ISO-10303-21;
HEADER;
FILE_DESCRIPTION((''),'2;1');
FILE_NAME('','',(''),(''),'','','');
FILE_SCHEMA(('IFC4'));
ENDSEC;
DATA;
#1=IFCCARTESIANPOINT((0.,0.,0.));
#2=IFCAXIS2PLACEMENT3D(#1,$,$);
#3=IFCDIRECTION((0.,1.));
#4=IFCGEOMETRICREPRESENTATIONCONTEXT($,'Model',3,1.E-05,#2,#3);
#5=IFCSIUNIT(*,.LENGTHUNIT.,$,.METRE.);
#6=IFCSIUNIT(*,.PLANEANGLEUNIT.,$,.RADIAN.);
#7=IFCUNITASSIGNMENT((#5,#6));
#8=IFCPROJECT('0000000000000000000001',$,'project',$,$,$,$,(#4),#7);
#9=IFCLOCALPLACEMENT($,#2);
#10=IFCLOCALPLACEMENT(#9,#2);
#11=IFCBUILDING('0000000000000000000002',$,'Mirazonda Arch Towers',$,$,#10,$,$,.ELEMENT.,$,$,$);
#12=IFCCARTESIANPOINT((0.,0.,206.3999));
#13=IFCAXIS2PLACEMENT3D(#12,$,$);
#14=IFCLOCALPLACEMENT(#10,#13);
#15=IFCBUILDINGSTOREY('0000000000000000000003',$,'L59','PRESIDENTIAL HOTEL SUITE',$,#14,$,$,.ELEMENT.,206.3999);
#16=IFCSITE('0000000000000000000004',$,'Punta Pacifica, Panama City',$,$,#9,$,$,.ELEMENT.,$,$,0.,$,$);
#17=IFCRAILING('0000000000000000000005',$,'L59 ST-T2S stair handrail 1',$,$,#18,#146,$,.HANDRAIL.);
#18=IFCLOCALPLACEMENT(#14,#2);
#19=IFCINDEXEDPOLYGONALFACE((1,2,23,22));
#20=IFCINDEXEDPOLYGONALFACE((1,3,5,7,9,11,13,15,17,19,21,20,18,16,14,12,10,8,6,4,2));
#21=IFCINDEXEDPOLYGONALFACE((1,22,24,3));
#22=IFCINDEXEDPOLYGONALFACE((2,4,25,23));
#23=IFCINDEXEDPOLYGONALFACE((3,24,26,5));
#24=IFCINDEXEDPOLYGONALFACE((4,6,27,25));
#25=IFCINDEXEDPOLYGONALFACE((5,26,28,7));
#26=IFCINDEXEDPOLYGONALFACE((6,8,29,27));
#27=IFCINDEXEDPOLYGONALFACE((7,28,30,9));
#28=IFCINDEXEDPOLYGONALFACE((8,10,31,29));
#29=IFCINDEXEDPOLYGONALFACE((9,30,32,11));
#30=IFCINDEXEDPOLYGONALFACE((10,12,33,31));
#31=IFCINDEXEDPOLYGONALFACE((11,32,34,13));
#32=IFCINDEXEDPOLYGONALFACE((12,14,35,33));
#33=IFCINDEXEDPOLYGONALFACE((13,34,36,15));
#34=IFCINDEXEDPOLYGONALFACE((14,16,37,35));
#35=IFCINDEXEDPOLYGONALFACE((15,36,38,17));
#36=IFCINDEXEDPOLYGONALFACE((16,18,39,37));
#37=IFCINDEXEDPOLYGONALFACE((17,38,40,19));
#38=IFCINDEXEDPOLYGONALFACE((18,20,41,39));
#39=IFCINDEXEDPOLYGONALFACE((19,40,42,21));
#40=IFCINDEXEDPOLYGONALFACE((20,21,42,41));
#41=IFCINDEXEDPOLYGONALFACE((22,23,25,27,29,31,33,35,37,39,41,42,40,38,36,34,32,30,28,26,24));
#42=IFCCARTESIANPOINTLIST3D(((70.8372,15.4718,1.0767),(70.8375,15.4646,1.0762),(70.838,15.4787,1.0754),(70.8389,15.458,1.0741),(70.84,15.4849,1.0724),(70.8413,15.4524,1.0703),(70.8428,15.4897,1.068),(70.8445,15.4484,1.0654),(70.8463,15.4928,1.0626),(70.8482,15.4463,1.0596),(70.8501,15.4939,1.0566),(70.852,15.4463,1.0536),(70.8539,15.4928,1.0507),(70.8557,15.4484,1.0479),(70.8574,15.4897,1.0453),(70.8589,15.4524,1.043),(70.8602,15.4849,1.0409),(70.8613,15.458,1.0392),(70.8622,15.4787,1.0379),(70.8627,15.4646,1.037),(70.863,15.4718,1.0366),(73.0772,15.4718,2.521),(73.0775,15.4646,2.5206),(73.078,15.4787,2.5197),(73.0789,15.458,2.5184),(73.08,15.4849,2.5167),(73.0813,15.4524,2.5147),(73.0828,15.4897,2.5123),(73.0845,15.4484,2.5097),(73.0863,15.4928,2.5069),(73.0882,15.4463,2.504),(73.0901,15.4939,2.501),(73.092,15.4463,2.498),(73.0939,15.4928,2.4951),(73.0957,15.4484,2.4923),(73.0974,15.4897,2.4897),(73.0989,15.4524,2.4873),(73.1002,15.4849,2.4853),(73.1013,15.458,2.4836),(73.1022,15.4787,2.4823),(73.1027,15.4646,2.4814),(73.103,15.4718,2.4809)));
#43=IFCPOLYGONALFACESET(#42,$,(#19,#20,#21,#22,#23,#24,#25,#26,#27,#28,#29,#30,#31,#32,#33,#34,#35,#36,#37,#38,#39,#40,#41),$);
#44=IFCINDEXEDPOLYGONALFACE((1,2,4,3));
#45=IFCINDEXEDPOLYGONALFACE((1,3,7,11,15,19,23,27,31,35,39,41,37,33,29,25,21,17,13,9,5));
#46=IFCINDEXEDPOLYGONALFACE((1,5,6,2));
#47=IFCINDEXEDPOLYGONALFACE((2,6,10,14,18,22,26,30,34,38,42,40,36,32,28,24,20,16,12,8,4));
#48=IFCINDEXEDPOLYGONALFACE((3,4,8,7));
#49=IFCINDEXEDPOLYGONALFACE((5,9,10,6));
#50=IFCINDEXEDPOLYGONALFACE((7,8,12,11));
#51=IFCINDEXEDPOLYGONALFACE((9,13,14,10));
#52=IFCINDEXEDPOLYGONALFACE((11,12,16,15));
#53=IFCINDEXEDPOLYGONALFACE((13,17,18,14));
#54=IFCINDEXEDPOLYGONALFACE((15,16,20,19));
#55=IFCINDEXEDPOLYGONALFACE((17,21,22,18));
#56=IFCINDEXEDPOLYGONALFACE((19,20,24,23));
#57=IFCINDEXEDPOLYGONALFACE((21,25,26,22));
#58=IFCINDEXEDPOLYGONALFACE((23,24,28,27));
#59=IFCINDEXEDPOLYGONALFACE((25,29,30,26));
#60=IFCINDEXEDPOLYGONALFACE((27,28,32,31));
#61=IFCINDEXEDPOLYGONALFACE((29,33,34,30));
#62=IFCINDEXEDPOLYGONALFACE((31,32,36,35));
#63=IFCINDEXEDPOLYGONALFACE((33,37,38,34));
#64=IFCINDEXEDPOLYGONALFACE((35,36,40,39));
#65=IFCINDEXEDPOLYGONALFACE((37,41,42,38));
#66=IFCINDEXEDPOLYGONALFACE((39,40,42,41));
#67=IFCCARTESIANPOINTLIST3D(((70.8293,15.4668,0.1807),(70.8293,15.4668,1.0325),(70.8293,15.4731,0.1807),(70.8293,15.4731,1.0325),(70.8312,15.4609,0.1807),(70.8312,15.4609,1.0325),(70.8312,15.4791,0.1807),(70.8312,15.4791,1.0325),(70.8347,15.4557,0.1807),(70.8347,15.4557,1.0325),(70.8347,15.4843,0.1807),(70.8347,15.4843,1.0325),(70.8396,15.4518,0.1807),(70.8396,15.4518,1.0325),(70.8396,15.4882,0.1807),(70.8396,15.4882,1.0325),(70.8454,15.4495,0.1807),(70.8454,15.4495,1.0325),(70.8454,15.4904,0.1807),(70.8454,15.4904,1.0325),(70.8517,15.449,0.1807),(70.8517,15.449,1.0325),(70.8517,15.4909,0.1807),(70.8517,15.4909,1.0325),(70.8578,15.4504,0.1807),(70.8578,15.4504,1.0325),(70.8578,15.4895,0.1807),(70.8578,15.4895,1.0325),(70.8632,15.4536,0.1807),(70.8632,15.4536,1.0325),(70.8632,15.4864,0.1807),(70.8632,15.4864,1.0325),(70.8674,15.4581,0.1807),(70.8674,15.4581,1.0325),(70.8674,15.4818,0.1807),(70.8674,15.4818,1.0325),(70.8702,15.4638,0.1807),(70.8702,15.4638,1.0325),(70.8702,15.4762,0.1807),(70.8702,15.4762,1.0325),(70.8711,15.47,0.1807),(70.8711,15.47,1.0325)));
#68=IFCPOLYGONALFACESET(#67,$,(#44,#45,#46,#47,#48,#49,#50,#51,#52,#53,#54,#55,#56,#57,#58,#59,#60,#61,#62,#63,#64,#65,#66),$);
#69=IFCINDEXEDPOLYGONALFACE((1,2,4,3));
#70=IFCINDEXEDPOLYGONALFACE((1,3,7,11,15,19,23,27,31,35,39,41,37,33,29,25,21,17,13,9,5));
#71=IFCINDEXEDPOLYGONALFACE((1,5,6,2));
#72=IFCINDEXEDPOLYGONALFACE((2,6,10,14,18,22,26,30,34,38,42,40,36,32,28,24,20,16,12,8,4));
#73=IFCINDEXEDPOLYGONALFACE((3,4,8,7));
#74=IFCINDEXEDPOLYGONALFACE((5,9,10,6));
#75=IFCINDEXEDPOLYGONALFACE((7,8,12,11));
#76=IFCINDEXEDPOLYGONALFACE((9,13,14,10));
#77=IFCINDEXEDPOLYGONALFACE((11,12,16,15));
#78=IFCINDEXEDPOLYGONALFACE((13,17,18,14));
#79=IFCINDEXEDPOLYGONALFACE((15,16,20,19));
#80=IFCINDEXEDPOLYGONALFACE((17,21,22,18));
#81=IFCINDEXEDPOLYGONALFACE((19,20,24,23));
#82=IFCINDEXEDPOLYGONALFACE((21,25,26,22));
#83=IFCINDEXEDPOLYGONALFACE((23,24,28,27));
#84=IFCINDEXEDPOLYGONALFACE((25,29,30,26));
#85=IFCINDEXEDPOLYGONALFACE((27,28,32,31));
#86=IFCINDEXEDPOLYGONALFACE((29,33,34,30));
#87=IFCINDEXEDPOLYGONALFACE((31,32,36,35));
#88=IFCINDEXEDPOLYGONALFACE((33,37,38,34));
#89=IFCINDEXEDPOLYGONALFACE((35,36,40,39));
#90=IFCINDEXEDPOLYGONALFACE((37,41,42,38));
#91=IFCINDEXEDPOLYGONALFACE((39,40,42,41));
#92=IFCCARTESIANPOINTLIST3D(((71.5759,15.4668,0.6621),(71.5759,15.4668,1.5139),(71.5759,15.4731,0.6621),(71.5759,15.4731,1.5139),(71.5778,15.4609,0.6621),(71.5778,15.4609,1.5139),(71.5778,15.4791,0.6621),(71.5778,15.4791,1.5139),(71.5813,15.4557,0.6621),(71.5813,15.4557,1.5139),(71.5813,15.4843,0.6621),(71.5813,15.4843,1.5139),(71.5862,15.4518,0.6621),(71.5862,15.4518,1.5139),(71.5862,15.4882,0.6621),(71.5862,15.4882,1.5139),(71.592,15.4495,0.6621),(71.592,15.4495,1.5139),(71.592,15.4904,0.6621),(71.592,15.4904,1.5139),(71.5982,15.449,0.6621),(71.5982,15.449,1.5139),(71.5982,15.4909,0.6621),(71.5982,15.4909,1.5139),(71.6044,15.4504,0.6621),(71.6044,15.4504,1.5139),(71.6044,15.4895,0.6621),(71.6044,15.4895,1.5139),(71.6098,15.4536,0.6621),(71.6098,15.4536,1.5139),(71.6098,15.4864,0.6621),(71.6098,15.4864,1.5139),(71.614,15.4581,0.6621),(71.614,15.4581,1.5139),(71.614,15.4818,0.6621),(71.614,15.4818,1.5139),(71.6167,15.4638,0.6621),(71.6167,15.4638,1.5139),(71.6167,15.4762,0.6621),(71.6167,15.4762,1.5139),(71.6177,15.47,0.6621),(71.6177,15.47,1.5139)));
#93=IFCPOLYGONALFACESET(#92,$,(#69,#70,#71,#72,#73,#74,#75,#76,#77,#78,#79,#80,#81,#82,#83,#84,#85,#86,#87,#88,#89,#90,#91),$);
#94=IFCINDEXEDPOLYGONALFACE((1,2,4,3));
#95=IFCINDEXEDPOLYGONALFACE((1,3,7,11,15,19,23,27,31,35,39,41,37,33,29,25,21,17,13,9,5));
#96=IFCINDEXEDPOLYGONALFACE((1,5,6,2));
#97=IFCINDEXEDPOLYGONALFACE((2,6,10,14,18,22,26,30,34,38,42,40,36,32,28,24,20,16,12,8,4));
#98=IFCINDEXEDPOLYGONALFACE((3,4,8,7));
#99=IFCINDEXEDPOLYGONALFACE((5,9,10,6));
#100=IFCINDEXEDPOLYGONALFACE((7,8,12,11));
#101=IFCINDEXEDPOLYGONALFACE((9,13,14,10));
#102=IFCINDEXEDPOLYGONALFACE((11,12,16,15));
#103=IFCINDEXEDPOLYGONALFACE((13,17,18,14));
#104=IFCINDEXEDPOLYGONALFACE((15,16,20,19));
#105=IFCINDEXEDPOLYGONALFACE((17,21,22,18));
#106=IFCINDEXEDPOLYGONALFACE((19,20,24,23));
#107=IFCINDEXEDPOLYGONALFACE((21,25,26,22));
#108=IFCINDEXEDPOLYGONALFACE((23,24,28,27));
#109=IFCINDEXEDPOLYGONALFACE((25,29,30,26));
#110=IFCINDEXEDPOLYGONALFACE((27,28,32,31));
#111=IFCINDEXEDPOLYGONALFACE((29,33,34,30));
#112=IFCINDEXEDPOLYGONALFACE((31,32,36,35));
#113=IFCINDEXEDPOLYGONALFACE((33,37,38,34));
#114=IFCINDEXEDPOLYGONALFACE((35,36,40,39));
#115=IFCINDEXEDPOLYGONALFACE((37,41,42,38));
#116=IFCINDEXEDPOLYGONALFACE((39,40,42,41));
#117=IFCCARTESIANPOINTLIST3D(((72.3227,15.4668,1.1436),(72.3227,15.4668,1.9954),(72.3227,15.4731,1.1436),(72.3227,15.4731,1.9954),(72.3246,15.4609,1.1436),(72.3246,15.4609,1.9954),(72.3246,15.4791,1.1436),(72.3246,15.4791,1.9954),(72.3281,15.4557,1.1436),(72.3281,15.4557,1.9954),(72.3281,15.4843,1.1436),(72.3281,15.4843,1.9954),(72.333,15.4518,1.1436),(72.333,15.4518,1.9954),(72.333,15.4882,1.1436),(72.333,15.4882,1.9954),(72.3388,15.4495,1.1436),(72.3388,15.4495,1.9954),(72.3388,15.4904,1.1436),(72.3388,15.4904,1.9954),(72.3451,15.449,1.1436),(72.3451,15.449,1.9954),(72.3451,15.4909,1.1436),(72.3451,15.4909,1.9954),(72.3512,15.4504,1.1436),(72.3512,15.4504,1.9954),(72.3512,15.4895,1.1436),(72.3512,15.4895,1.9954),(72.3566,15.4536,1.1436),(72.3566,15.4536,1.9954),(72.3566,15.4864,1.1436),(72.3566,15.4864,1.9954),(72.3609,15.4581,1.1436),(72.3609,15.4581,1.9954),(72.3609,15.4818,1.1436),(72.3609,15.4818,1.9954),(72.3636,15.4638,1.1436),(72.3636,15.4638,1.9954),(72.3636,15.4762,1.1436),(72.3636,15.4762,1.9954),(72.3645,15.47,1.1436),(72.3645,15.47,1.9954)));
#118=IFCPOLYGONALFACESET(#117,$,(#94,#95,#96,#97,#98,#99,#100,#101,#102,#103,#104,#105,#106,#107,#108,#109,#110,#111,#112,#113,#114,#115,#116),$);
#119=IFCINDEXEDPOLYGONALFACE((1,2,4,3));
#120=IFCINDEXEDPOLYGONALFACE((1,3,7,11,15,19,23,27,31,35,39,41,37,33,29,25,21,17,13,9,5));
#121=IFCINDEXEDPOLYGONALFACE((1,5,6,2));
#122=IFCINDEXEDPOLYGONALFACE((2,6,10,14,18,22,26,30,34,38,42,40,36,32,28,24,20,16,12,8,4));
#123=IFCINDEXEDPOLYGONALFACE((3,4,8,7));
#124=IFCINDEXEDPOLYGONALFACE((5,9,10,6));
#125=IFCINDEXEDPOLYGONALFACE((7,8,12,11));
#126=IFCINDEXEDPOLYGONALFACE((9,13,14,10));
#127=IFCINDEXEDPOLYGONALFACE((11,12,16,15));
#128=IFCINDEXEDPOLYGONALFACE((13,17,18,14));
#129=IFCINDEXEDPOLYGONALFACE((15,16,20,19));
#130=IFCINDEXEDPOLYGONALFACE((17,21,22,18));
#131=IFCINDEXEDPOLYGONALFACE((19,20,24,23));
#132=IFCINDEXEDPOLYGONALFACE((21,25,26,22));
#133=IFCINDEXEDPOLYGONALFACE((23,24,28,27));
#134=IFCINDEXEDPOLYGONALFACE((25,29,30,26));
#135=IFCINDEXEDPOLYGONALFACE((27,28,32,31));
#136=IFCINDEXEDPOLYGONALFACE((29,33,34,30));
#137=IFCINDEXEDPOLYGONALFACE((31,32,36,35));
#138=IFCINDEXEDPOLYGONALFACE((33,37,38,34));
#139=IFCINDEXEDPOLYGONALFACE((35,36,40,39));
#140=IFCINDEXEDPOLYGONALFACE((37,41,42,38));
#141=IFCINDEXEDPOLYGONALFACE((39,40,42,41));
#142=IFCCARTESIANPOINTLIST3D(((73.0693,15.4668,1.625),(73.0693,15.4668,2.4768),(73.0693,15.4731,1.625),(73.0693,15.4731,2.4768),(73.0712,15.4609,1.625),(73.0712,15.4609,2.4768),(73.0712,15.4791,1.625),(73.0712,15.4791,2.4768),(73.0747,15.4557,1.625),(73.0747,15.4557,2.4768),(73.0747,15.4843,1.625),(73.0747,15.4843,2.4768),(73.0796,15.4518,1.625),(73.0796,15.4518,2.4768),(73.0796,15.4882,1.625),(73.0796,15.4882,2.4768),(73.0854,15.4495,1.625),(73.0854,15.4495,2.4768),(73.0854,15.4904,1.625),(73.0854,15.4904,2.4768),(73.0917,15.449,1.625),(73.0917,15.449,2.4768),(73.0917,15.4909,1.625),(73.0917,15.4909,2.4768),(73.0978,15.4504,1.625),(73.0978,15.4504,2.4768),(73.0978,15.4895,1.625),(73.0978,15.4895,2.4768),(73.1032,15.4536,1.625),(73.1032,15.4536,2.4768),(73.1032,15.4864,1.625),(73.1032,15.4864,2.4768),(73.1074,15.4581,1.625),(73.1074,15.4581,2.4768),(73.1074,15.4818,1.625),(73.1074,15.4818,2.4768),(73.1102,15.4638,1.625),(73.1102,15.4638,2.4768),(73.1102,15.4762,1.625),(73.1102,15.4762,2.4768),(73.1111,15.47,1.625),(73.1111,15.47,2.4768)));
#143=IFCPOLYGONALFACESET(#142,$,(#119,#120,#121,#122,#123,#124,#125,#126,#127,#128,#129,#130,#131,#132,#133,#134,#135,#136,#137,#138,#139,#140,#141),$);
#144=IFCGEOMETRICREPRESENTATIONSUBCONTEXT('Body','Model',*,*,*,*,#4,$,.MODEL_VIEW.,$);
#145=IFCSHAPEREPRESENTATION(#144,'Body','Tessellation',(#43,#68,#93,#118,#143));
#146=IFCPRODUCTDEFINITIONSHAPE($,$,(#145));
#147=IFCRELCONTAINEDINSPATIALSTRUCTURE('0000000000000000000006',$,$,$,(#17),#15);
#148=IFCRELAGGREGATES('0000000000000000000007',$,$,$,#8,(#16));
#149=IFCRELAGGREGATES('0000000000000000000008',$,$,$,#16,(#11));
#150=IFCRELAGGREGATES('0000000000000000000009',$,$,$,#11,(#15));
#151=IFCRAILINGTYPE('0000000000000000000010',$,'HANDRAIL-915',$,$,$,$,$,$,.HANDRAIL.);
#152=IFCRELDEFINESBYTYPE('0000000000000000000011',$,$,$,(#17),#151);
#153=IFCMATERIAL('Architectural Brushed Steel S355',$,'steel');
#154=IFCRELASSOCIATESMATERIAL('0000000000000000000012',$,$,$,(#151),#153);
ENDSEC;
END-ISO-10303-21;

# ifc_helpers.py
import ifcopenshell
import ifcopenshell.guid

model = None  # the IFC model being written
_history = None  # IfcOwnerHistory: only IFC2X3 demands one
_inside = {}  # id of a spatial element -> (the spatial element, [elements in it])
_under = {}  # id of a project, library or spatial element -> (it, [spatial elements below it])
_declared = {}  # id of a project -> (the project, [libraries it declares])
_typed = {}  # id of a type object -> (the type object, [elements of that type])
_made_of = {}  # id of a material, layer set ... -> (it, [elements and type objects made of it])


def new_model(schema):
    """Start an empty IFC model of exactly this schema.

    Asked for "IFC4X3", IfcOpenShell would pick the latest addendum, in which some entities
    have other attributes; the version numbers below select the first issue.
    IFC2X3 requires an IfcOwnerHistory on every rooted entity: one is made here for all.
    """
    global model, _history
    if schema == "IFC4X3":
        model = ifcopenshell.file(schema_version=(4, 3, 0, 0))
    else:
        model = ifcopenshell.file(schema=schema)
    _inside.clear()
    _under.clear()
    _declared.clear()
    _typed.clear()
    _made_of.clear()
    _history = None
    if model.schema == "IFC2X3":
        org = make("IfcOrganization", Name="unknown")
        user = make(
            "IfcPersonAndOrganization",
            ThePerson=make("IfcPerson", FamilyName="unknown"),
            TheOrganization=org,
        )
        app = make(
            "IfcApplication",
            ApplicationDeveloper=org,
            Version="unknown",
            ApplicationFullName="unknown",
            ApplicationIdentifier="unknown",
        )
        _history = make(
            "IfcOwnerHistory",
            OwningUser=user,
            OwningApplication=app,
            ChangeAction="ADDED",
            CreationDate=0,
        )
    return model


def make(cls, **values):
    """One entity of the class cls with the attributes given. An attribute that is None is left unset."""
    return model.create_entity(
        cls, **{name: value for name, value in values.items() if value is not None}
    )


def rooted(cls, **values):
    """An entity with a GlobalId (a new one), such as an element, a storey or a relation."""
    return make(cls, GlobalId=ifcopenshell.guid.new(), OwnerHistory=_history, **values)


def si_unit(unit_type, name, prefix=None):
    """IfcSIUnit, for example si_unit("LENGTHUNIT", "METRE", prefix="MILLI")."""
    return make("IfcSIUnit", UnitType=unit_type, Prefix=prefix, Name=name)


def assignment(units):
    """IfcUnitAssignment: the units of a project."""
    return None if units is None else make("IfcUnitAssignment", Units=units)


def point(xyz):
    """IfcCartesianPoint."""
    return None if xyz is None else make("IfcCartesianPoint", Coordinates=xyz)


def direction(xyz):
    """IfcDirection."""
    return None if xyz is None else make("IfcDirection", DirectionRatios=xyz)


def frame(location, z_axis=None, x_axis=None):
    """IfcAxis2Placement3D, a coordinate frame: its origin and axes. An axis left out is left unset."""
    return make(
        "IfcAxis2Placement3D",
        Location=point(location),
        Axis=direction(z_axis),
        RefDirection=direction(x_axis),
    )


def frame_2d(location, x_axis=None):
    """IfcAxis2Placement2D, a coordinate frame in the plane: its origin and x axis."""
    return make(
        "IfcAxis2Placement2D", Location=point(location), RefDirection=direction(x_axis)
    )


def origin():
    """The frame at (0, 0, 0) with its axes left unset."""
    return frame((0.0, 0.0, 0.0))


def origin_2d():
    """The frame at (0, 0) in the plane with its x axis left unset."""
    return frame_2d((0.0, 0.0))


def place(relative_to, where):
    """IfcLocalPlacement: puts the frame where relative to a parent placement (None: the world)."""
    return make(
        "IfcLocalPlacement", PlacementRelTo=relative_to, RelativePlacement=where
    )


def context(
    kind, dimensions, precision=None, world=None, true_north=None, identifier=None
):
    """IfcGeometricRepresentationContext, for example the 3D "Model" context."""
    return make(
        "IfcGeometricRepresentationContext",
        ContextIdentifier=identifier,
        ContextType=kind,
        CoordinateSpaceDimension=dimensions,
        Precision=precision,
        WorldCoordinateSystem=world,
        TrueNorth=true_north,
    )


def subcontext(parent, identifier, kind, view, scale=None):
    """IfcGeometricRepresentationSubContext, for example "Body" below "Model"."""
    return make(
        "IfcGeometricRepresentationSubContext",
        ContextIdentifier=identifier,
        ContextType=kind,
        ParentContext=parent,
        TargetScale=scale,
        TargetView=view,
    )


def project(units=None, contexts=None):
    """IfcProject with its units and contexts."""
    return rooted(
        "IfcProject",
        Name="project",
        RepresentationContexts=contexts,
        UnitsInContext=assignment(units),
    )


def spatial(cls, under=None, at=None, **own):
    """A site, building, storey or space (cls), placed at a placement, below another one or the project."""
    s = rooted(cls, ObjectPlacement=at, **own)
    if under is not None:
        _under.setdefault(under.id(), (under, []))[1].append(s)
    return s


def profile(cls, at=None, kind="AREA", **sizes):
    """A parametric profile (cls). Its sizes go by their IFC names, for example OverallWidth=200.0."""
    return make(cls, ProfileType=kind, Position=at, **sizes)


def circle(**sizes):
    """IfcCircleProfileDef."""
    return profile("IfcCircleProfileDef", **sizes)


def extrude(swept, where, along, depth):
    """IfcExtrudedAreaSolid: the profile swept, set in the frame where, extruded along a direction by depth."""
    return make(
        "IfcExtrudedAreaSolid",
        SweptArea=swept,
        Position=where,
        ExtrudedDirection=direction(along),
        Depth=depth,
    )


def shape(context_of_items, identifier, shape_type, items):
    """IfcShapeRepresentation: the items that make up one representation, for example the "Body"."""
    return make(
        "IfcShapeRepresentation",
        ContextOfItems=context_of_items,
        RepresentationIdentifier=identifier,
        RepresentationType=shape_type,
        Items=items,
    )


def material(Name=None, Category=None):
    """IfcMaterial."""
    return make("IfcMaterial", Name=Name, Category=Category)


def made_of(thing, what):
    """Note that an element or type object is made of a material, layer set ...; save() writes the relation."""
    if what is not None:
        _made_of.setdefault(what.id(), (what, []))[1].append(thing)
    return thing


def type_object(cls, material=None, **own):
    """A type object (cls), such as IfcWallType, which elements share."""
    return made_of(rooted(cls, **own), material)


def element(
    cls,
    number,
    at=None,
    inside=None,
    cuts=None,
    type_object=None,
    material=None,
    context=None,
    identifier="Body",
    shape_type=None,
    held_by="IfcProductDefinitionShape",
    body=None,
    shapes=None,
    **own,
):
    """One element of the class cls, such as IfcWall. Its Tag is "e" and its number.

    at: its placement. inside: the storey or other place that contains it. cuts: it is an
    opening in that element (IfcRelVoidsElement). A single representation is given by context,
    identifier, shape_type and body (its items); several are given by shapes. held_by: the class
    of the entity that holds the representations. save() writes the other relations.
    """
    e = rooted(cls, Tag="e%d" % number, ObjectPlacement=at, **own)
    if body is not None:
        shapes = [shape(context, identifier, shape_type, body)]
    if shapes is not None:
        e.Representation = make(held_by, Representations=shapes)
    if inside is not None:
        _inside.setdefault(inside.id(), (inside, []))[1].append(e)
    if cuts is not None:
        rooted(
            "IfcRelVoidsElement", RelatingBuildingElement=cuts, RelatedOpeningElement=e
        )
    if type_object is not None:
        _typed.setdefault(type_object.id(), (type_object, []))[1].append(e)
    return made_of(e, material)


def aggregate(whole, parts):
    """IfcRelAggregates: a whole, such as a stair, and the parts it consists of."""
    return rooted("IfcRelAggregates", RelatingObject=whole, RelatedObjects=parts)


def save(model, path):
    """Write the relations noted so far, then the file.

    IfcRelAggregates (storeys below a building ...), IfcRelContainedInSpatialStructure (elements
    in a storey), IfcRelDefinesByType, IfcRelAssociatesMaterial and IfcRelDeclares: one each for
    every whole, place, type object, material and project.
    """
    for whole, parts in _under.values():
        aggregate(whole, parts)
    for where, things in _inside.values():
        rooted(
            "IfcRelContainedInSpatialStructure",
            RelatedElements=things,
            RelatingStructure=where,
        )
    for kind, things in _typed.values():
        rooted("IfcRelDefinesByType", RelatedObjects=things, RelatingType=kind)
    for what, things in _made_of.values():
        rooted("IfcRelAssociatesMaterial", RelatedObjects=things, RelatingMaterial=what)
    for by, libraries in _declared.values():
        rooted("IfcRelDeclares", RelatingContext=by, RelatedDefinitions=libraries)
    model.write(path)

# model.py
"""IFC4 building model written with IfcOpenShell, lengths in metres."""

from ifc_helpers import new_model, si_unit, direction, frame, origin, origin_2d, place, context, subcontext, project, spatial, circle, extrude, material, type_object, element, save


model = new_model("IFC4")

# Units and contexts
model_context = context("Model", 3, precision=1e-05, world=origin(), true_north=direction((0.0, 1.0)))
body_context = subcontext(model_context, "Body", "Model", "MODEL_VIEW")
ifc_project = project(units=[si_unit("LENGTHUNIT", "METRE"), si_unit("PLANEANGLEUNIT", "RADIAN")], contexts=[model_context])

# Site, building, storey
site_placement = place(None, origin())
site = spatial("IfcSite", under=ifc_project, at=site_placement, Name="Punta Pacifica, Panama City", CompositionType="ELEMENT", RefElevation=0.0)
building_placement = place(site_placement, origin())
building = spatial("IfcBuilding", under=site, at=building_placement, Name="Mirazonda Arch Towers", CompositionType="ELEMENT")
storey_placement = place(building_placement, frame((0.0, 0.0, 206.3999)))
storey = spatial("IfcBuildingStorey", under=building, at=storey_placement, Name="L59", Description="PRESIDENTIAL HOTEL SUITE", CompositionType="ELEMENT", Elevation=206.3999)

# Railing
ifc_material_1 = material(Name="Architectural Brushed Steel S355", Category="steel")
railing_type_1 = type_object("IfcRailingType", Name="HANDRAIL-915", PredefinedType="HANDRAIL", material=ifc_material_1)
railing_1_placement = place(storey_placement, frame((70.8501, 15.47, 0.1807)))
element("IfcRailing", 1, at=railing_1_placement, inside=storey, type_object=railing_type_1, Name="L59 ST-T2S stair handrail 1", PredefinedType="HANDRAIL", context=body_context, shape_type="SweptSolid", body=[
    extrude(circle(Radius=0.0239, at=origin_2d()), frame((0.0, 0.0, 0.876), z_axis=(0.840437, 0.0, 0.54191), x_axis=(0.0, 1.0, 0.0)), (0.0, 0.0, 1.0), 2.6653),
    extrude(circle(Radius=0.021, at=origin_2d()), origin(), (0.0, 0.0, 1.0), 0.8518),
    extrude(circle(Radius=0.021, at=origin_2d()), frame((0.7466, 0.0, 0.4814)), (0.0, 0.0, 1.0), 0.8518),
    extrude(circle(Radius=0.021, at=origin_2d()), frame((1.4934, 0.0, 0.9629)), (0.0, 0.0, 1.0), 0.8518),
    extrude(circle(Radius=0.021, at=origin_2d()), frame((2.24, 0.0, 1.4443)), (0.0, 0.0, 1.0), 0.8518),
])

save(model, "model.ifc")
